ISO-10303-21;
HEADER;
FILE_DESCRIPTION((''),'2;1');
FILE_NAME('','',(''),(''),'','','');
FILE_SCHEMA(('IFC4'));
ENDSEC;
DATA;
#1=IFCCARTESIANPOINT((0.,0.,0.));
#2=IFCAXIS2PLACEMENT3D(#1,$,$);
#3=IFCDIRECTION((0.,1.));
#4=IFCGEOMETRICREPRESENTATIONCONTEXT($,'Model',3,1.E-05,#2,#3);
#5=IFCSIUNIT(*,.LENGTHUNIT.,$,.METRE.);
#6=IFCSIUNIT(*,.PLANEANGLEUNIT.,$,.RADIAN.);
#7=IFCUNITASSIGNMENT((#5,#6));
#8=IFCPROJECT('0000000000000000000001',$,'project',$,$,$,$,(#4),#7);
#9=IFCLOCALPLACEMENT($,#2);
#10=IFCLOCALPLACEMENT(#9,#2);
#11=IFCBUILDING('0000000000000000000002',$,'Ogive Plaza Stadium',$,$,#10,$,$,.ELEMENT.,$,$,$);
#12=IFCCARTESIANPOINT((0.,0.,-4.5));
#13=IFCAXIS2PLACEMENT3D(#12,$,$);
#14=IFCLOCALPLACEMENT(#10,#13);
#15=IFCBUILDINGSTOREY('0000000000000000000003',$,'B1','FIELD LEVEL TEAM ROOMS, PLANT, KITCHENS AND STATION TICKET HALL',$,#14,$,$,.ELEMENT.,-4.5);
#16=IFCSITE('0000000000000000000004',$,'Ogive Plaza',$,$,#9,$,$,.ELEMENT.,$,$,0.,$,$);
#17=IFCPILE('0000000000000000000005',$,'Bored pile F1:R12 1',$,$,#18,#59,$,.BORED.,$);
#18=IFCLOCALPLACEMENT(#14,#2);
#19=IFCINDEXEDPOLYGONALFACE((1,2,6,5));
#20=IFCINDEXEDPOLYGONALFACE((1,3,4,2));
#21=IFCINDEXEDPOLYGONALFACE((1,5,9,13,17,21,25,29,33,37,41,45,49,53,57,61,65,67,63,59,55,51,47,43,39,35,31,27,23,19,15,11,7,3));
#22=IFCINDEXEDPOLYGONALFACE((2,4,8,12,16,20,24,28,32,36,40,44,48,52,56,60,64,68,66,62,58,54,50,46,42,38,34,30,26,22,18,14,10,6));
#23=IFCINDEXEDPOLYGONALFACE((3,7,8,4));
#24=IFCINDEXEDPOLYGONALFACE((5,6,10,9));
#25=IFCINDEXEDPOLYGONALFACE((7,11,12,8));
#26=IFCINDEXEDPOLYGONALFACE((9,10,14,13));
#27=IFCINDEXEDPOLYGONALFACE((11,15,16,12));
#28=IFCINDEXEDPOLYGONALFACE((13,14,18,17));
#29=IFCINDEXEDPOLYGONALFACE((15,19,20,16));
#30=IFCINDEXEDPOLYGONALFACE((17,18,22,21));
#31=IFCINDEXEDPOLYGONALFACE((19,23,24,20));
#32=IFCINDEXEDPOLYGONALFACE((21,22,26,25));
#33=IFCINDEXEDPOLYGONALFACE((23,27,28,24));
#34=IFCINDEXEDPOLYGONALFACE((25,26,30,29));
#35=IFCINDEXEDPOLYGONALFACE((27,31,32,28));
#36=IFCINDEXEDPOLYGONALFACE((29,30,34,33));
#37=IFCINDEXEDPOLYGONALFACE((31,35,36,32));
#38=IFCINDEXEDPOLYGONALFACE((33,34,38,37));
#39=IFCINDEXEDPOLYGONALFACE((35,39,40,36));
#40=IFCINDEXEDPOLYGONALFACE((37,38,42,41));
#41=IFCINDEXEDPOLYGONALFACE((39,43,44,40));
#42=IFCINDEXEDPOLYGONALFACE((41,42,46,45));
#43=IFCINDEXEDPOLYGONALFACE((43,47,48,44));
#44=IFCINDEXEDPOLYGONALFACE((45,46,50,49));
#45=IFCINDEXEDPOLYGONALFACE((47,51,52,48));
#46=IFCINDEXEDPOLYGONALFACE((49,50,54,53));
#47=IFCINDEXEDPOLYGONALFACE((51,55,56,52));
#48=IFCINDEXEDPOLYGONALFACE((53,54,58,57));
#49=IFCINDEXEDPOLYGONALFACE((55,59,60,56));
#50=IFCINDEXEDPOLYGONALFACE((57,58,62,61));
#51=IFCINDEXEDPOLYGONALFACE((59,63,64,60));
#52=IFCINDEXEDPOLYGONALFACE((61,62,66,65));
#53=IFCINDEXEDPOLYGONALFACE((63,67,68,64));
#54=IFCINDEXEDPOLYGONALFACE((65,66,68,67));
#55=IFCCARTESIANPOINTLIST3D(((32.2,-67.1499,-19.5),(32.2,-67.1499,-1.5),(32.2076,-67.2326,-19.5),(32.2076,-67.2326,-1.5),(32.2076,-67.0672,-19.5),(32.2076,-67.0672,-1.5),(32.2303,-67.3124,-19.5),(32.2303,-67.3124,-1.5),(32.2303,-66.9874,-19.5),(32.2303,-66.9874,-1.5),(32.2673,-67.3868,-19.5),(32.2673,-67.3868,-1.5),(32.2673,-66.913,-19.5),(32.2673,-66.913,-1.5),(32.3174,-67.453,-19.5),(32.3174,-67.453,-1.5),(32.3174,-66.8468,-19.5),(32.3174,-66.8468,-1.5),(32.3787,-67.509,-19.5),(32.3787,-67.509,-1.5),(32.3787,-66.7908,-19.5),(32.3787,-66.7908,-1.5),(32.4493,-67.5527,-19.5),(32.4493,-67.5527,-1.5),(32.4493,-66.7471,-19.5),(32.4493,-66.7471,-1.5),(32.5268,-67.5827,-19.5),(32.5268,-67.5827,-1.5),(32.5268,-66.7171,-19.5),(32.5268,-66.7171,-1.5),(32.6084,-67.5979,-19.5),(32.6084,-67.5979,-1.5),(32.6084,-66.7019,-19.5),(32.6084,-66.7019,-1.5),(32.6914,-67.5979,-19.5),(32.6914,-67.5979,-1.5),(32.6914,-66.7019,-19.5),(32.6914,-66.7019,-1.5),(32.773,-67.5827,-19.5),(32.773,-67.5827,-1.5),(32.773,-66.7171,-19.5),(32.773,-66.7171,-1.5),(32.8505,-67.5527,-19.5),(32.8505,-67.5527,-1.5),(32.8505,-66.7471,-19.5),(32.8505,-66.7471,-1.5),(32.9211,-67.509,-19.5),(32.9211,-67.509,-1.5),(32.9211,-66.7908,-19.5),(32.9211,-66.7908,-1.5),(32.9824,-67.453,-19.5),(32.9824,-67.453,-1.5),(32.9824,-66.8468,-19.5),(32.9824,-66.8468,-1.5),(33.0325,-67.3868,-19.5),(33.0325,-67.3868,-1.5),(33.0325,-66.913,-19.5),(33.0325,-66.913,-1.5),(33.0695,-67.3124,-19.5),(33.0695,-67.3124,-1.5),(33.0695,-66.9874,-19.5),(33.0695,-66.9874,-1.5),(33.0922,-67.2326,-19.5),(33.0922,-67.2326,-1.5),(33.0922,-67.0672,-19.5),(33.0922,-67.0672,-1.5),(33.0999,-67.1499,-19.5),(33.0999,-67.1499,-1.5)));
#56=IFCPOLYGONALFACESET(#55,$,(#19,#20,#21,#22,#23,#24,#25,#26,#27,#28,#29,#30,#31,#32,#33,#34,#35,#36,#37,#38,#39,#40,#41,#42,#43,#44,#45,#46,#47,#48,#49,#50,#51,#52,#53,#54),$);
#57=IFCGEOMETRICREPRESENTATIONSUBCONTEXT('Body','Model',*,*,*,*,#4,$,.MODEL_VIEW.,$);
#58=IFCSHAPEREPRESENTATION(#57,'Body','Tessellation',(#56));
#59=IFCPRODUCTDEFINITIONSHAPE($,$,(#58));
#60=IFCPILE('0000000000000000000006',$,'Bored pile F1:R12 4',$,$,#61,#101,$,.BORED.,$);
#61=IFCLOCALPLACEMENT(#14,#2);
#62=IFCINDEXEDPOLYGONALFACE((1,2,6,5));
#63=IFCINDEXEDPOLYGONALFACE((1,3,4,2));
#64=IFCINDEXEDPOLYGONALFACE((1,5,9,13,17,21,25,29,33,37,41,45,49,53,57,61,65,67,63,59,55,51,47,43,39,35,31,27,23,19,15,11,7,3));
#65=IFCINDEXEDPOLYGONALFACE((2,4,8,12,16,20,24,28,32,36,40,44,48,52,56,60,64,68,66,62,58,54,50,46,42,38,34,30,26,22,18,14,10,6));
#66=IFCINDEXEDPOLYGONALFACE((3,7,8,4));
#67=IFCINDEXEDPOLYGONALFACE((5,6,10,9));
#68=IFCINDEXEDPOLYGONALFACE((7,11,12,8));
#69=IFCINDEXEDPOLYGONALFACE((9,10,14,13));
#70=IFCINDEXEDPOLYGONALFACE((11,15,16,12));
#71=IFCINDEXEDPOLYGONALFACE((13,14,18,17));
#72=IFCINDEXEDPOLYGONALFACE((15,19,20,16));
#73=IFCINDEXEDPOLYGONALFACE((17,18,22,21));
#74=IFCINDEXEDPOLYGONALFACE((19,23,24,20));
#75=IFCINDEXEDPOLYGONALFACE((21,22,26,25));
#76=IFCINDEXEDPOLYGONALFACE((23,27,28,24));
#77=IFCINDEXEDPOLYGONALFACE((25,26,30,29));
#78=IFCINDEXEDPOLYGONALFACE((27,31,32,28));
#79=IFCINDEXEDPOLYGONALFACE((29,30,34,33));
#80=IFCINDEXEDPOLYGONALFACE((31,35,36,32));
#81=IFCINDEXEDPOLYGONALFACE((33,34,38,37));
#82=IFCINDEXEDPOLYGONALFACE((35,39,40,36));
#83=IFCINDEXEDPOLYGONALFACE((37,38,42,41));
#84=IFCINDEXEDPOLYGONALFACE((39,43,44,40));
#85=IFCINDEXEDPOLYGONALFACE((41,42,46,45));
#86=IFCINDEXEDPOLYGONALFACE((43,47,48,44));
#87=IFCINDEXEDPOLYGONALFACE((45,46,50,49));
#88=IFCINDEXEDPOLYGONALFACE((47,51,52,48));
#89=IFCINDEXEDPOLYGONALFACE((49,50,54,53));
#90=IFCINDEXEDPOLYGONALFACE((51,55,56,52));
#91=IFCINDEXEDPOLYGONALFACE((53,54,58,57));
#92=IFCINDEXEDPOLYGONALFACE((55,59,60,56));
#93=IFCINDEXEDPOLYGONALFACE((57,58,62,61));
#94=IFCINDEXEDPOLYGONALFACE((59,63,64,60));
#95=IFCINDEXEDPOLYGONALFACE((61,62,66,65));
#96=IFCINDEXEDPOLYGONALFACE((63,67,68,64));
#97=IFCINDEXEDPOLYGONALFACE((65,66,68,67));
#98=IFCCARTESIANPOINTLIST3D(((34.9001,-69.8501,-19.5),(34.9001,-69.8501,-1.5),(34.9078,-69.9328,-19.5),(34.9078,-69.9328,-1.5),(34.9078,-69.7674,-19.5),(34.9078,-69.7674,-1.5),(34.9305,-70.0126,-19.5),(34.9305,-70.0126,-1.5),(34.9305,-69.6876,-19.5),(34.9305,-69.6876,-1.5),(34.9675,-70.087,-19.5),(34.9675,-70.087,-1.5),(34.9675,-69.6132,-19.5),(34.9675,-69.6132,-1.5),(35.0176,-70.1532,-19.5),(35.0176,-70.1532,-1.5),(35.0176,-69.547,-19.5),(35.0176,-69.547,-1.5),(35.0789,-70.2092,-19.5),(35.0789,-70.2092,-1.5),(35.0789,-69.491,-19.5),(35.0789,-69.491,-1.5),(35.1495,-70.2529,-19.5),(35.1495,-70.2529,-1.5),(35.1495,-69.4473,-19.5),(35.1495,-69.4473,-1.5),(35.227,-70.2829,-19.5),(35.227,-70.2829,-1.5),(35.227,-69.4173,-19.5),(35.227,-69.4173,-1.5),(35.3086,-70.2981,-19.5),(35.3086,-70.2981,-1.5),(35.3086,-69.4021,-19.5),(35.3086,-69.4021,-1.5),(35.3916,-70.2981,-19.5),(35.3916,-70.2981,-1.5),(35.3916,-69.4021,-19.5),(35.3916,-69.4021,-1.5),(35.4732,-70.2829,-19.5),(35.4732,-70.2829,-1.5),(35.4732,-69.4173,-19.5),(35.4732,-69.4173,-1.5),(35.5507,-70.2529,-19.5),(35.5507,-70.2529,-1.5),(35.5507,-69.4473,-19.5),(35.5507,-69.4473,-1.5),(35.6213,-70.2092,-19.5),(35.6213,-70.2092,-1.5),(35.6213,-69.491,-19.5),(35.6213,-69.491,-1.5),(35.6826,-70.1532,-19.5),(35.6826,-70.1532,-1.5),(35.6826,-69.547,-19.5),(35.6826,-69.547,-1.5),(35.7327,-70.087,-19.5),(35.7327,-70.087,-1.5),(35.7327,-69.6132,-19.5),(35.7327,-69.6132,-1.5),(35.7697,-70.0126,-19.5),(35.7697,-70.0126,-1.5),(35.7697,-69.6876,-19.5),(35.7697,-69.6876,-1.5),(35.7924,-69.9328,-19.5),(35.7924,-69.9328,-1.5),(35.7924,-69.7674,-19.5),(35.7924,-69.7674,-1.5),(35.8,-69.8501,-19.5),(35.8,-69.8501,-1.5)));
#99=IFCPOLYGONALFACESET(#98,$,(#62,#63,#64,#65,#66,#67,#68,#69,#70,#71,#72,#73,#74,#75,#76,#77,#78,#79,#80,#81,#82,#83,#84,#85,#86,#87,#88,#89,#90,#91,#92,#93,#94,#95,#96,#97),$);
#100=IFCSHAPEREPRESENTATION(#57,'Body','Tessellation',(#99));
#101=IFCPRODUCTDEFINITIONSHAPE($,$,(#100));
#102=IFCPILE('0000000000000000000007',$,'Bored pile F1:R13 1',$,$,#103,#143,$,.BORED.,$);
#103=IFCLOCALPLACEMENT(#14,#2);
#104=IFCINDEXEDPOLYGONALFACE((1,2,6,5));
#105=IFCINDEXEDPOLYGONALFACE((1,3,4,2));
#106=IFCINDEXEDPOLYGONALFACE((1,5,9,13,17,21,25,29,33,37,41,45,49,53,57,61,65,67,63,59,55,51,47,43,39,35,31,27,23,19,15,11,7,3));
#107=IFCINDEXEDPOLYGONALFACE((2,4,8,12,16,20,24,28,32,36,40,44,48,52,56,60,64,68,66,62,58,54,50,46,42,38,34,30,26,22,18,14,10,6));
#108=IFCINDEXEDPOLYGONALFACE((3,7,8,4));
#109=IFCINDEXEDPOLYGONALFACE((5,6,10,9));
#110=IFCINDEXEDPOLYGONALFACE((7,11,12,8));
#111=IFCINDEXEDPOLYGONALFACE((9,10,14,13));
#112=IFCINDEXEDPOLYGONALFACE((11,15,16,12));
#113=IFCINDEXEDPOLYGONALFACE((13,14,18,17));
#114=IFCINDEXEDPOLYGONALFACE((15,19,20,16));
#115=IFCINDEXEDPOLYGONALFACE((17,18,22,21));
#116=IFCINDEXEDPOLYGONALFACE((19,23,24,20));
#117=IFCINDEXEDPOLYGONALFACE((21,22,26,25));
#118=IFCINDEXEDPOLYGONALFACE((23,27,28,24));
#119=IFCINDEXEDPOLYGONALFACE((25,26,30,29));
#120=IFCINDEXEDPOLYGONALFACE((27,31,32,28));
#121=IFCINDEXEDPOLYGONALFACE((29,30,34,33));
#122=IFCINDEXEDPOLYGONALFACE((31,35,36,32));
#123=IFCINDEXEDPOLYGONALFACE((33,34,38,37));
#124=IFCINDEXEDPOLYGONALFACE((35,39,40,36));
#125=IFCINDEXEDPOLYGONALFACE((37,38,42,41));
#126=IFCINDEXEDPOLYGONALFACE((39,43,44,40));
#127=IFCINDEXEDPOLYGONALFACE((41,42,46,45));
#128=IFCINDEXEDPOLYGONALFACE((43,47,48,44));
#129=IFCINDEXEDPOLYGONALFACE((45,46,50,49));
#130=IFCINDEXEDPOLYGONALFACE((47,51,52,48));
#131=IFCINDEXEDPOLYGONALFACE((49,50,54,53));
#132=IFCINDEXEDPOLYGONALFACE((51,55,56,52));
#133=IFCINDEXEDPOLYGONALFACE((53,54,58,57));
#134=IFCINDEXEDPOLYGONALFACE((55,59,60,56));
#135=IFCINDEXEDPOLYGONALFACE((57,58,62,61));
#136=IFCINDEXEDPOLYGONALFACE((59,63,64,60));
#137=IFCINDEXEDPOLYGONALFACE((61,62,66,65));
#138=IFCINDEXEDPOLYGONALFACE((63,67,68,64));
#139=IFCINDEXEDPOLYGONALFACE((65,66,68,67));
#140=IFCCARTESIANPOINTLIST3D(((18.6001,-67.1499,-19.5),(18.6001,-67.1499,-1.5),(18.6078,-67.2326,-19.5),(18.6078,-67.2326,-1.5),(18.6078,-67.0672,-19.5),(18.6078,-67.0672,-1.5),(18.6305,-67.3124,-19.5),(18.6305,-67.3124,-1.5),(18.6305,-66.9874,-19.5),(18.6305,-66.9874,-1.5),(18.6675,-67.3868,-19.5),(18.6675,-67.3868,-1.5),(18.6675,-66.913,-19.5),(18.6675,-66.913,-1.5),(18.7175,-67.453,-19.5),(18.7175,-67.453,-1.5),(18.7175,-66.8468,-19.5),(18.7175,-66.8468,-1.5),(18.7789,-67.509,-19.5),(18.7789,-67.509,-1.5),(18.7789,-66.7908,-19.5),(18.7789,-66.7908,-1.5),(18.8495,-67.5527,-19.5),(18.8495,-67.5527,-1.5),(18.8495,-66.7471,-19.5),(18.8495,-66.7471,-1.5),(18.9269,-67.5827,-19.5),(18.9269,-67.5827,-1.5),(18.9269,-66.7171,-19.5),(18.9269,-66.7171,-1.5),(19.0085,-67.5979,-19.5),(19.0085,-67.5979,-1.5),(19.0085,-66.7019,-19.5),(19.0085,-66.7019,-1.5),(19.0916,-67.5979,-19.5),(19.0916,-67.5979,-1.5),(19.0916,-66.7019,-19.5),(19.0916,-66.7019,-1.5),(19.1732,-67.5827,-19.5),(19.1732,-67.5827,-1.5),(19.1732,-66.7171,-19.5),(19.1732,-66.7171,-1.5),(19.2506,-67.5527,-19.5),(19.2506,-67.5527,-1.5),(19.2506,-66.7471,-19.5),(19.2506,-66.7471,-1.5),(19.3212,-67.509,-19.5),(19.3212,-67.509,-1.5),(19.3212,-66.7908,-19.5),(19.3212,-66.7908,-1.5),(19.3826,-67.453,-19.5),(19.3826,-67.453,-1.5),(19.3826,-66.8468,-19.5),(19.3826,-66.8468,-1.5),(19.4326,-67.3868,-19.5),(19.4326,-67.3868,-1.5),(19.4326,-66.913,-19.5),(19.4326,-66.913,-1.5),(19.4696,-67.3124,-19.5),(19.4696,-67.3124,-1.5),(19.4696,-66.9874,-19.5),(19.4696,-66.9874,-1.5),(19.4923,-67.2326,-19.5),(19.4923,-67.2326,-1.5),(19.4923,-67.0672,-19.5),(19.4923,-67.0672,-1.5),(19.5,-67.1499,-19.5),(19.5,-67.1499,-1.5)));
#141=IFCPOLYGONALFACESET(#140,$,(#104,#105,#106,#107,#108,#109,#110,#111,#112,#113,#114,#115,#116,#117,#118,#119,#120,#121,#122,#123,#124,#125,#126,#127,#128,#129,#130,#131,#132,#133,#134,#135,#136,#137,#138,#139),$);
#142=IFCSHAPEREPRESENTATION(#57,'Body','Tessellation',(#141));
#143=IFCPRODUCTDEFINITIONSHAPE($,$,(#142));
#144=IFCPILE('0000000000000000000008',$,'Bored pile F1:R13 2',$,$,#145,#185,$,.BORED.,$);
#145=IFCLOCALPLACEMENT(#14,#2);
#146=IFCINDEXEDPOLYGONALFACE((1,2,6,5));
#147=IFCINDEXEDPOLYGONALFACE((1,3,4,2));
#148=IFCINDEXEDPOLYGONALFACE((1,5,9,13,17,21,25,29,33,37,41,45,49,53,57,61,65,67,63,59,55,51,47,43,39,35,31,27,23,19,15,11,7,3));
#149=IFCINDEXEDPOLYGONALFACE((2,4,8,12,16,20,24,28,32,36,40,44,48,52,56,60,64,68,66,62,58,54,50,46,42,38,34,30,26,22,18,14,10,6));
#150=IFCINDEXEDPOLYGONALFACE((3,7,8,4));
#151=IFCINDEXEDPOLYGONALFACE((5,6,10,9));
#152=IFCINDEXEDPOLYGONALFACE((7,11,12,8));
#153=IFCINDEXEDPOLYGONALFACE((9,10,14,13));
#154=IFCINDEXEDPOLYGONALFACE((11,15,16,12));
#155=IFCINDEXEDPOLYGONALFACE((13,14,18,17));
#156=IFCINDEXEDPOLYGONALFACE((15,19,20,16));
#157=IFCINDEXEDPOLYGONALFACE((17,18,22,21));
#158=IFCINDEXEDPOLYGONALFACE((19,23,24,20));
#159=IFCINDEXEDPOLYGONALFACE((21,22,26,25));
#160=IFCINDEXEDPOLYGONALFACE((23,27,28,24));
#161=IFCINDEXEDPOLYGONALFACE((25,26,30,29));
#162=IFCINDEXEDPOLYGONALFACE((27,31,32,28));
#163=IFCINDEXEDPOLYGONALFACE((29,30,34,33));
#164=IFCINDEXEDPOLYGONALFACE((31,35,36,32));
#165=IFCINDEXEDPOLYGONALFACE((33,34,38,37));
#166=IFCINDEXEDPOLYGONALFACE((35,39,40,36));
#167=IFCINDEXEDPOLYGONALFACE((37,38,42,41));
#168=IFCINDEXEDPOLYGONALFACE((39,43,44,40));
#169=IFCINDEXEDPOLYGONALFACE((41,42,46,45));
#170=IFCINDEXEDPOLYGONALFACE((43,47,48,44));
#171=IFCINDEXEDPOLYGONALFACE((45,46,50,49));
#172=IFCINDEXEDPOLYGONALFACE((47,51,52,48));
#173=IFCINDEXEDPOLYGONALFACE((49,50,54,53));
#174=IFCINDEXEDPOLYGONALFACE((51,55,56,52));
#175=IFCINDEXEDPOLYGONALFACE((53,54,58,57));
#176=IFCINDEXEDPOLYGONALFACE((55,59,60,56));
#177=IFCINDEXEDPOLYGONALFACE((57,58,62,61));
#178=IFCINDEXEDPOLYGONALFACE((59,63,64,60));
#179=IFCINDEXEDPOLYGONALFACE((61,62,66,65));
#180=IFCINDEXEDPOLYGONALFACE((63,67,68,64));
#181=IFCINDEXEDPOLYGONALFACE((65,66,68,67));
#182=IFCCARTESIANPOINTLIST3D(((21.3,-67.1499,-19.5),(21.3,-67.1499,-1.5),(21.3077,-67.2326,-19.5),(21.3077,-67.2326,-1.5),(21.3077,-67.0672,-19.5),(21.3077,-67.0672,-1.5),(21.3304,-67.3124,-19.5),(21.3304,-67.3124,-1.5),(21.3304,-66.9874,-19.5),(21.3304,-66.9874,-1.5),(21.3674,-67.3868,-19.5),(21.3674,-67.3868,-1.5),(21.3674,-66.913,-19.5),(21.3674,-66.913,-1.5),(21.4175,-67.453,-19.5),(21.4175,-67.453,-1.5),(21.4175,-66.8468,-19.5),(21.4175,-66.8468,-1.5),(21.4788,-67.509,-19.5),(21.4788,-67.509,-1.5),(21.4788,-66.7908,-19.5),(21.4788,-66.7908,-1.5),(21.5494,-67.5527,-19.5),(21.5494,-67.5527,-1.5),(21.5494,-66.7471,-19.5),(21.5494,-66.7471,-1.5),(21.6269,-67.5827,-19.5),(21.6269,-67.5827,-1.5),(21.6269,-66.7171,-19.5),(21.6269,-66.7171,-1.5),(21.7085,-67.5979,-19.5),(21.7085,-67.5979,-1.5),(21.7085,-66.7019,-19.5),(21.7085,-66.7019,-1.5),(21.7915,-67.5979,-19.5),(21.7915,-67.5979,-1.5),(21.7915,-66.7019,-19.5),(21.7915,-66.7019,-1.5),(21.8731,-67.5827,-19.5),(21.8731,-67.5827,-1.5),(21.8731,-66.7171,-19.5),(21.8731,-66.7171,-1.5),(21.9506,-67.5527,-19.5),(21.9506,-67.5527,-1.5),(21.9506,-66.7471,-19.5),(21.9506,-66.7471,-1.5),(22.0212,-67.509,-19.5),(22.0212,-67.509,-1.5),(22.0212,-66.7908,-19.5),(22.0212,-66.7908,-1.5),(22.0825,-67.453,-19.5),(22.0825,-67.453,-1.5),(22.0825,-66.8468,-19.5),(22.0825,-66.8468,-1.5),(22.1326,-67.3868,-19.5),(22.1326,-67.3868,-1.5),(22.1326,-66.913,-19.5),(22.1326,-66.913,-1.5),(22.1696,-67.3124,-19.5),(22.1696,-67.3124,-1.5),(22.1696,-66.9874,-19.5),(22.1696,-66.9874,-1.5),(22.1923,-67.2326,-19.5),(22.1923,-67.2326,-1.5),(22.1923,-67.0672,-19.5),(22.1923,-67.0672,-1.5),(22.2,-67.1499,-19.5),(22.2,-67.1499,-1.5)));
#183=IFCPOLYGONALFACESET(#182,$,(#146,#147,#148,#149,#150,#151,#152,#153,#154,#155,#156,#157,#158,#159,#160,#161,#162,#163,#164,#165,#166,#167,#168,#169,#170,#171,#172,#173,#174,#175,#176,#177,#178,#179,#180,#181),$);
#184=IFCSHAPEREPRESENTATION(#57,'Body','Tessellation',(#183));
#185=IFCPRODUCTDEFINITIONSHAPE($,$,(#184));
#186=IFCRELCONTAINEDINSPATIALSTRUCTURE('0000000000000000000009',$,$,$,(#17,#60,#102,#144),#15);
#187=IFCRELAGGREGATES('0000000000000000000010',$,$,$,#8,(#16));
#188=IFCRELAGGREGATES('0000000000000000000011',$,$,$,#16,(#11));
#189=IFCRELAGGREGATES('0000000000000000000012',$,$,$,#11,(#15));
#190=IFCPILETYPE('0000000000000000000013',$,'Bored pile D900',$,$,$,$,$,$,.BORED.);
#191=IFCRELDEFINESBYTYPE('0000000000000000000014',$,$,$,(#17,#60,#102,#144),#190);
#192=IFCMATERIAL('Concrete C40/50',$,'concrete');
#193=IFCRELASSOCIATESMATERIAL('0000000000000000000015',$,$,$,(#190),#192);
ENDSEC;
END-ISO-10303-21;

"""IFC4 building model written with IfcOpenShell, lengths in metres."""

from ifc_helpers import new_model, si_unit, direction, frame, origin, origin_2d, place, context, subcontext, project, spatial, circle, extrude, material, material_profile, profile_set, type_object, element, save


model = new_model("IFC4")

# Units and contexts
model_context = context("Model", 3, precision=1e-05, world=origin(), true_north=direction((0.0, 1.0)))
body_context = subcontext(model_context, "Body", "Model", "MODEL_VIEW")
ifc_project = project(units=[si_unit("LENGTHUNIT", "METRE"), si_unit("PLANEANGLEUNIT", "RADIAN")], contexts=[model_context])

# Site, building, storey
site_placement = place(None, origin())
site = spatial("IfcSite", under=ifc_project, at=site_placement, Name="Ogive Plaza", CompositionType="ELEMENT", RefElevation=0.0)
building_placement = place(site_placement, origin())
building = spatial("IfcBuilding", under=site, at=building_placement, Name="Ogive Plaza Stadium", CompositionType="ELEMENT")
storey_placement = place(building_placement, frame((0.0, 0.0, -4.5)))
storey = spatial("IfcBuildingStorey", under=building, at=storey_placement, Name="B1", Description="FIELD LEVEL TEAM ROOMS, PLANT, KITCHENS AND STATION TICKET HALL", CompositionType="ELEMENT", Elevation=-4.5)

# Piles
ifc_material_1 = material(Name="Concrete C40/50", Category="concrete")
ifc_material_profile_1 = material_profile(ifc_material_1, circle(Radius=0.45, at=origin_2d()), Name="RC D900")
ifc_profile_set_1 = profile_set([ifc_material_profile_1], Name="Concrete C40/50")
pile_type = type_object("IfcPileType", Name="Bored pile D900", PredefinedType="BORED", material=ifc_profile_set_1)
for number, where, z_axis, x_axis, name in (
    (1, (32.6499, -67.1499, -1.5), (0.0, 0.0, -1.0), (1.0, 0.0, 0.0), "Bored pile F1:R12 1"),
    (2, (35.3501, -69.8501, -1.5), (0.0, 0.0, -1.0), (1.0, 0.0, 0.0), "Bored pile F1:R12 4"),
    (3, (19.05, -67.1499, -1.5), (0.0, 0.0, -1.0), (1.0, 0.0, 0.0), "Bored pile F1:R13 1"),
    (4, (21.75, -67.1499, -1.5), (0.0, 0.0, -1.0), (1.0, 0.0, 0.0), "Bored pile F1:R13 2"),
):
    element("IfcPile", number, at=place(storey_placement, frame(where, z_axis=z_axis, x_axis=x_axis)), inside=storey, type_object=pile_type, Name=name, PredefinedType="BORED", context=body_context, shape_type="SweptSolid", body=[
        extrude(circle(Radius=0.45, at=origin_2d()), origin(), (0.0, 0.0, 1.0), 18.0),
    ])

save(model, "model.ifc")
